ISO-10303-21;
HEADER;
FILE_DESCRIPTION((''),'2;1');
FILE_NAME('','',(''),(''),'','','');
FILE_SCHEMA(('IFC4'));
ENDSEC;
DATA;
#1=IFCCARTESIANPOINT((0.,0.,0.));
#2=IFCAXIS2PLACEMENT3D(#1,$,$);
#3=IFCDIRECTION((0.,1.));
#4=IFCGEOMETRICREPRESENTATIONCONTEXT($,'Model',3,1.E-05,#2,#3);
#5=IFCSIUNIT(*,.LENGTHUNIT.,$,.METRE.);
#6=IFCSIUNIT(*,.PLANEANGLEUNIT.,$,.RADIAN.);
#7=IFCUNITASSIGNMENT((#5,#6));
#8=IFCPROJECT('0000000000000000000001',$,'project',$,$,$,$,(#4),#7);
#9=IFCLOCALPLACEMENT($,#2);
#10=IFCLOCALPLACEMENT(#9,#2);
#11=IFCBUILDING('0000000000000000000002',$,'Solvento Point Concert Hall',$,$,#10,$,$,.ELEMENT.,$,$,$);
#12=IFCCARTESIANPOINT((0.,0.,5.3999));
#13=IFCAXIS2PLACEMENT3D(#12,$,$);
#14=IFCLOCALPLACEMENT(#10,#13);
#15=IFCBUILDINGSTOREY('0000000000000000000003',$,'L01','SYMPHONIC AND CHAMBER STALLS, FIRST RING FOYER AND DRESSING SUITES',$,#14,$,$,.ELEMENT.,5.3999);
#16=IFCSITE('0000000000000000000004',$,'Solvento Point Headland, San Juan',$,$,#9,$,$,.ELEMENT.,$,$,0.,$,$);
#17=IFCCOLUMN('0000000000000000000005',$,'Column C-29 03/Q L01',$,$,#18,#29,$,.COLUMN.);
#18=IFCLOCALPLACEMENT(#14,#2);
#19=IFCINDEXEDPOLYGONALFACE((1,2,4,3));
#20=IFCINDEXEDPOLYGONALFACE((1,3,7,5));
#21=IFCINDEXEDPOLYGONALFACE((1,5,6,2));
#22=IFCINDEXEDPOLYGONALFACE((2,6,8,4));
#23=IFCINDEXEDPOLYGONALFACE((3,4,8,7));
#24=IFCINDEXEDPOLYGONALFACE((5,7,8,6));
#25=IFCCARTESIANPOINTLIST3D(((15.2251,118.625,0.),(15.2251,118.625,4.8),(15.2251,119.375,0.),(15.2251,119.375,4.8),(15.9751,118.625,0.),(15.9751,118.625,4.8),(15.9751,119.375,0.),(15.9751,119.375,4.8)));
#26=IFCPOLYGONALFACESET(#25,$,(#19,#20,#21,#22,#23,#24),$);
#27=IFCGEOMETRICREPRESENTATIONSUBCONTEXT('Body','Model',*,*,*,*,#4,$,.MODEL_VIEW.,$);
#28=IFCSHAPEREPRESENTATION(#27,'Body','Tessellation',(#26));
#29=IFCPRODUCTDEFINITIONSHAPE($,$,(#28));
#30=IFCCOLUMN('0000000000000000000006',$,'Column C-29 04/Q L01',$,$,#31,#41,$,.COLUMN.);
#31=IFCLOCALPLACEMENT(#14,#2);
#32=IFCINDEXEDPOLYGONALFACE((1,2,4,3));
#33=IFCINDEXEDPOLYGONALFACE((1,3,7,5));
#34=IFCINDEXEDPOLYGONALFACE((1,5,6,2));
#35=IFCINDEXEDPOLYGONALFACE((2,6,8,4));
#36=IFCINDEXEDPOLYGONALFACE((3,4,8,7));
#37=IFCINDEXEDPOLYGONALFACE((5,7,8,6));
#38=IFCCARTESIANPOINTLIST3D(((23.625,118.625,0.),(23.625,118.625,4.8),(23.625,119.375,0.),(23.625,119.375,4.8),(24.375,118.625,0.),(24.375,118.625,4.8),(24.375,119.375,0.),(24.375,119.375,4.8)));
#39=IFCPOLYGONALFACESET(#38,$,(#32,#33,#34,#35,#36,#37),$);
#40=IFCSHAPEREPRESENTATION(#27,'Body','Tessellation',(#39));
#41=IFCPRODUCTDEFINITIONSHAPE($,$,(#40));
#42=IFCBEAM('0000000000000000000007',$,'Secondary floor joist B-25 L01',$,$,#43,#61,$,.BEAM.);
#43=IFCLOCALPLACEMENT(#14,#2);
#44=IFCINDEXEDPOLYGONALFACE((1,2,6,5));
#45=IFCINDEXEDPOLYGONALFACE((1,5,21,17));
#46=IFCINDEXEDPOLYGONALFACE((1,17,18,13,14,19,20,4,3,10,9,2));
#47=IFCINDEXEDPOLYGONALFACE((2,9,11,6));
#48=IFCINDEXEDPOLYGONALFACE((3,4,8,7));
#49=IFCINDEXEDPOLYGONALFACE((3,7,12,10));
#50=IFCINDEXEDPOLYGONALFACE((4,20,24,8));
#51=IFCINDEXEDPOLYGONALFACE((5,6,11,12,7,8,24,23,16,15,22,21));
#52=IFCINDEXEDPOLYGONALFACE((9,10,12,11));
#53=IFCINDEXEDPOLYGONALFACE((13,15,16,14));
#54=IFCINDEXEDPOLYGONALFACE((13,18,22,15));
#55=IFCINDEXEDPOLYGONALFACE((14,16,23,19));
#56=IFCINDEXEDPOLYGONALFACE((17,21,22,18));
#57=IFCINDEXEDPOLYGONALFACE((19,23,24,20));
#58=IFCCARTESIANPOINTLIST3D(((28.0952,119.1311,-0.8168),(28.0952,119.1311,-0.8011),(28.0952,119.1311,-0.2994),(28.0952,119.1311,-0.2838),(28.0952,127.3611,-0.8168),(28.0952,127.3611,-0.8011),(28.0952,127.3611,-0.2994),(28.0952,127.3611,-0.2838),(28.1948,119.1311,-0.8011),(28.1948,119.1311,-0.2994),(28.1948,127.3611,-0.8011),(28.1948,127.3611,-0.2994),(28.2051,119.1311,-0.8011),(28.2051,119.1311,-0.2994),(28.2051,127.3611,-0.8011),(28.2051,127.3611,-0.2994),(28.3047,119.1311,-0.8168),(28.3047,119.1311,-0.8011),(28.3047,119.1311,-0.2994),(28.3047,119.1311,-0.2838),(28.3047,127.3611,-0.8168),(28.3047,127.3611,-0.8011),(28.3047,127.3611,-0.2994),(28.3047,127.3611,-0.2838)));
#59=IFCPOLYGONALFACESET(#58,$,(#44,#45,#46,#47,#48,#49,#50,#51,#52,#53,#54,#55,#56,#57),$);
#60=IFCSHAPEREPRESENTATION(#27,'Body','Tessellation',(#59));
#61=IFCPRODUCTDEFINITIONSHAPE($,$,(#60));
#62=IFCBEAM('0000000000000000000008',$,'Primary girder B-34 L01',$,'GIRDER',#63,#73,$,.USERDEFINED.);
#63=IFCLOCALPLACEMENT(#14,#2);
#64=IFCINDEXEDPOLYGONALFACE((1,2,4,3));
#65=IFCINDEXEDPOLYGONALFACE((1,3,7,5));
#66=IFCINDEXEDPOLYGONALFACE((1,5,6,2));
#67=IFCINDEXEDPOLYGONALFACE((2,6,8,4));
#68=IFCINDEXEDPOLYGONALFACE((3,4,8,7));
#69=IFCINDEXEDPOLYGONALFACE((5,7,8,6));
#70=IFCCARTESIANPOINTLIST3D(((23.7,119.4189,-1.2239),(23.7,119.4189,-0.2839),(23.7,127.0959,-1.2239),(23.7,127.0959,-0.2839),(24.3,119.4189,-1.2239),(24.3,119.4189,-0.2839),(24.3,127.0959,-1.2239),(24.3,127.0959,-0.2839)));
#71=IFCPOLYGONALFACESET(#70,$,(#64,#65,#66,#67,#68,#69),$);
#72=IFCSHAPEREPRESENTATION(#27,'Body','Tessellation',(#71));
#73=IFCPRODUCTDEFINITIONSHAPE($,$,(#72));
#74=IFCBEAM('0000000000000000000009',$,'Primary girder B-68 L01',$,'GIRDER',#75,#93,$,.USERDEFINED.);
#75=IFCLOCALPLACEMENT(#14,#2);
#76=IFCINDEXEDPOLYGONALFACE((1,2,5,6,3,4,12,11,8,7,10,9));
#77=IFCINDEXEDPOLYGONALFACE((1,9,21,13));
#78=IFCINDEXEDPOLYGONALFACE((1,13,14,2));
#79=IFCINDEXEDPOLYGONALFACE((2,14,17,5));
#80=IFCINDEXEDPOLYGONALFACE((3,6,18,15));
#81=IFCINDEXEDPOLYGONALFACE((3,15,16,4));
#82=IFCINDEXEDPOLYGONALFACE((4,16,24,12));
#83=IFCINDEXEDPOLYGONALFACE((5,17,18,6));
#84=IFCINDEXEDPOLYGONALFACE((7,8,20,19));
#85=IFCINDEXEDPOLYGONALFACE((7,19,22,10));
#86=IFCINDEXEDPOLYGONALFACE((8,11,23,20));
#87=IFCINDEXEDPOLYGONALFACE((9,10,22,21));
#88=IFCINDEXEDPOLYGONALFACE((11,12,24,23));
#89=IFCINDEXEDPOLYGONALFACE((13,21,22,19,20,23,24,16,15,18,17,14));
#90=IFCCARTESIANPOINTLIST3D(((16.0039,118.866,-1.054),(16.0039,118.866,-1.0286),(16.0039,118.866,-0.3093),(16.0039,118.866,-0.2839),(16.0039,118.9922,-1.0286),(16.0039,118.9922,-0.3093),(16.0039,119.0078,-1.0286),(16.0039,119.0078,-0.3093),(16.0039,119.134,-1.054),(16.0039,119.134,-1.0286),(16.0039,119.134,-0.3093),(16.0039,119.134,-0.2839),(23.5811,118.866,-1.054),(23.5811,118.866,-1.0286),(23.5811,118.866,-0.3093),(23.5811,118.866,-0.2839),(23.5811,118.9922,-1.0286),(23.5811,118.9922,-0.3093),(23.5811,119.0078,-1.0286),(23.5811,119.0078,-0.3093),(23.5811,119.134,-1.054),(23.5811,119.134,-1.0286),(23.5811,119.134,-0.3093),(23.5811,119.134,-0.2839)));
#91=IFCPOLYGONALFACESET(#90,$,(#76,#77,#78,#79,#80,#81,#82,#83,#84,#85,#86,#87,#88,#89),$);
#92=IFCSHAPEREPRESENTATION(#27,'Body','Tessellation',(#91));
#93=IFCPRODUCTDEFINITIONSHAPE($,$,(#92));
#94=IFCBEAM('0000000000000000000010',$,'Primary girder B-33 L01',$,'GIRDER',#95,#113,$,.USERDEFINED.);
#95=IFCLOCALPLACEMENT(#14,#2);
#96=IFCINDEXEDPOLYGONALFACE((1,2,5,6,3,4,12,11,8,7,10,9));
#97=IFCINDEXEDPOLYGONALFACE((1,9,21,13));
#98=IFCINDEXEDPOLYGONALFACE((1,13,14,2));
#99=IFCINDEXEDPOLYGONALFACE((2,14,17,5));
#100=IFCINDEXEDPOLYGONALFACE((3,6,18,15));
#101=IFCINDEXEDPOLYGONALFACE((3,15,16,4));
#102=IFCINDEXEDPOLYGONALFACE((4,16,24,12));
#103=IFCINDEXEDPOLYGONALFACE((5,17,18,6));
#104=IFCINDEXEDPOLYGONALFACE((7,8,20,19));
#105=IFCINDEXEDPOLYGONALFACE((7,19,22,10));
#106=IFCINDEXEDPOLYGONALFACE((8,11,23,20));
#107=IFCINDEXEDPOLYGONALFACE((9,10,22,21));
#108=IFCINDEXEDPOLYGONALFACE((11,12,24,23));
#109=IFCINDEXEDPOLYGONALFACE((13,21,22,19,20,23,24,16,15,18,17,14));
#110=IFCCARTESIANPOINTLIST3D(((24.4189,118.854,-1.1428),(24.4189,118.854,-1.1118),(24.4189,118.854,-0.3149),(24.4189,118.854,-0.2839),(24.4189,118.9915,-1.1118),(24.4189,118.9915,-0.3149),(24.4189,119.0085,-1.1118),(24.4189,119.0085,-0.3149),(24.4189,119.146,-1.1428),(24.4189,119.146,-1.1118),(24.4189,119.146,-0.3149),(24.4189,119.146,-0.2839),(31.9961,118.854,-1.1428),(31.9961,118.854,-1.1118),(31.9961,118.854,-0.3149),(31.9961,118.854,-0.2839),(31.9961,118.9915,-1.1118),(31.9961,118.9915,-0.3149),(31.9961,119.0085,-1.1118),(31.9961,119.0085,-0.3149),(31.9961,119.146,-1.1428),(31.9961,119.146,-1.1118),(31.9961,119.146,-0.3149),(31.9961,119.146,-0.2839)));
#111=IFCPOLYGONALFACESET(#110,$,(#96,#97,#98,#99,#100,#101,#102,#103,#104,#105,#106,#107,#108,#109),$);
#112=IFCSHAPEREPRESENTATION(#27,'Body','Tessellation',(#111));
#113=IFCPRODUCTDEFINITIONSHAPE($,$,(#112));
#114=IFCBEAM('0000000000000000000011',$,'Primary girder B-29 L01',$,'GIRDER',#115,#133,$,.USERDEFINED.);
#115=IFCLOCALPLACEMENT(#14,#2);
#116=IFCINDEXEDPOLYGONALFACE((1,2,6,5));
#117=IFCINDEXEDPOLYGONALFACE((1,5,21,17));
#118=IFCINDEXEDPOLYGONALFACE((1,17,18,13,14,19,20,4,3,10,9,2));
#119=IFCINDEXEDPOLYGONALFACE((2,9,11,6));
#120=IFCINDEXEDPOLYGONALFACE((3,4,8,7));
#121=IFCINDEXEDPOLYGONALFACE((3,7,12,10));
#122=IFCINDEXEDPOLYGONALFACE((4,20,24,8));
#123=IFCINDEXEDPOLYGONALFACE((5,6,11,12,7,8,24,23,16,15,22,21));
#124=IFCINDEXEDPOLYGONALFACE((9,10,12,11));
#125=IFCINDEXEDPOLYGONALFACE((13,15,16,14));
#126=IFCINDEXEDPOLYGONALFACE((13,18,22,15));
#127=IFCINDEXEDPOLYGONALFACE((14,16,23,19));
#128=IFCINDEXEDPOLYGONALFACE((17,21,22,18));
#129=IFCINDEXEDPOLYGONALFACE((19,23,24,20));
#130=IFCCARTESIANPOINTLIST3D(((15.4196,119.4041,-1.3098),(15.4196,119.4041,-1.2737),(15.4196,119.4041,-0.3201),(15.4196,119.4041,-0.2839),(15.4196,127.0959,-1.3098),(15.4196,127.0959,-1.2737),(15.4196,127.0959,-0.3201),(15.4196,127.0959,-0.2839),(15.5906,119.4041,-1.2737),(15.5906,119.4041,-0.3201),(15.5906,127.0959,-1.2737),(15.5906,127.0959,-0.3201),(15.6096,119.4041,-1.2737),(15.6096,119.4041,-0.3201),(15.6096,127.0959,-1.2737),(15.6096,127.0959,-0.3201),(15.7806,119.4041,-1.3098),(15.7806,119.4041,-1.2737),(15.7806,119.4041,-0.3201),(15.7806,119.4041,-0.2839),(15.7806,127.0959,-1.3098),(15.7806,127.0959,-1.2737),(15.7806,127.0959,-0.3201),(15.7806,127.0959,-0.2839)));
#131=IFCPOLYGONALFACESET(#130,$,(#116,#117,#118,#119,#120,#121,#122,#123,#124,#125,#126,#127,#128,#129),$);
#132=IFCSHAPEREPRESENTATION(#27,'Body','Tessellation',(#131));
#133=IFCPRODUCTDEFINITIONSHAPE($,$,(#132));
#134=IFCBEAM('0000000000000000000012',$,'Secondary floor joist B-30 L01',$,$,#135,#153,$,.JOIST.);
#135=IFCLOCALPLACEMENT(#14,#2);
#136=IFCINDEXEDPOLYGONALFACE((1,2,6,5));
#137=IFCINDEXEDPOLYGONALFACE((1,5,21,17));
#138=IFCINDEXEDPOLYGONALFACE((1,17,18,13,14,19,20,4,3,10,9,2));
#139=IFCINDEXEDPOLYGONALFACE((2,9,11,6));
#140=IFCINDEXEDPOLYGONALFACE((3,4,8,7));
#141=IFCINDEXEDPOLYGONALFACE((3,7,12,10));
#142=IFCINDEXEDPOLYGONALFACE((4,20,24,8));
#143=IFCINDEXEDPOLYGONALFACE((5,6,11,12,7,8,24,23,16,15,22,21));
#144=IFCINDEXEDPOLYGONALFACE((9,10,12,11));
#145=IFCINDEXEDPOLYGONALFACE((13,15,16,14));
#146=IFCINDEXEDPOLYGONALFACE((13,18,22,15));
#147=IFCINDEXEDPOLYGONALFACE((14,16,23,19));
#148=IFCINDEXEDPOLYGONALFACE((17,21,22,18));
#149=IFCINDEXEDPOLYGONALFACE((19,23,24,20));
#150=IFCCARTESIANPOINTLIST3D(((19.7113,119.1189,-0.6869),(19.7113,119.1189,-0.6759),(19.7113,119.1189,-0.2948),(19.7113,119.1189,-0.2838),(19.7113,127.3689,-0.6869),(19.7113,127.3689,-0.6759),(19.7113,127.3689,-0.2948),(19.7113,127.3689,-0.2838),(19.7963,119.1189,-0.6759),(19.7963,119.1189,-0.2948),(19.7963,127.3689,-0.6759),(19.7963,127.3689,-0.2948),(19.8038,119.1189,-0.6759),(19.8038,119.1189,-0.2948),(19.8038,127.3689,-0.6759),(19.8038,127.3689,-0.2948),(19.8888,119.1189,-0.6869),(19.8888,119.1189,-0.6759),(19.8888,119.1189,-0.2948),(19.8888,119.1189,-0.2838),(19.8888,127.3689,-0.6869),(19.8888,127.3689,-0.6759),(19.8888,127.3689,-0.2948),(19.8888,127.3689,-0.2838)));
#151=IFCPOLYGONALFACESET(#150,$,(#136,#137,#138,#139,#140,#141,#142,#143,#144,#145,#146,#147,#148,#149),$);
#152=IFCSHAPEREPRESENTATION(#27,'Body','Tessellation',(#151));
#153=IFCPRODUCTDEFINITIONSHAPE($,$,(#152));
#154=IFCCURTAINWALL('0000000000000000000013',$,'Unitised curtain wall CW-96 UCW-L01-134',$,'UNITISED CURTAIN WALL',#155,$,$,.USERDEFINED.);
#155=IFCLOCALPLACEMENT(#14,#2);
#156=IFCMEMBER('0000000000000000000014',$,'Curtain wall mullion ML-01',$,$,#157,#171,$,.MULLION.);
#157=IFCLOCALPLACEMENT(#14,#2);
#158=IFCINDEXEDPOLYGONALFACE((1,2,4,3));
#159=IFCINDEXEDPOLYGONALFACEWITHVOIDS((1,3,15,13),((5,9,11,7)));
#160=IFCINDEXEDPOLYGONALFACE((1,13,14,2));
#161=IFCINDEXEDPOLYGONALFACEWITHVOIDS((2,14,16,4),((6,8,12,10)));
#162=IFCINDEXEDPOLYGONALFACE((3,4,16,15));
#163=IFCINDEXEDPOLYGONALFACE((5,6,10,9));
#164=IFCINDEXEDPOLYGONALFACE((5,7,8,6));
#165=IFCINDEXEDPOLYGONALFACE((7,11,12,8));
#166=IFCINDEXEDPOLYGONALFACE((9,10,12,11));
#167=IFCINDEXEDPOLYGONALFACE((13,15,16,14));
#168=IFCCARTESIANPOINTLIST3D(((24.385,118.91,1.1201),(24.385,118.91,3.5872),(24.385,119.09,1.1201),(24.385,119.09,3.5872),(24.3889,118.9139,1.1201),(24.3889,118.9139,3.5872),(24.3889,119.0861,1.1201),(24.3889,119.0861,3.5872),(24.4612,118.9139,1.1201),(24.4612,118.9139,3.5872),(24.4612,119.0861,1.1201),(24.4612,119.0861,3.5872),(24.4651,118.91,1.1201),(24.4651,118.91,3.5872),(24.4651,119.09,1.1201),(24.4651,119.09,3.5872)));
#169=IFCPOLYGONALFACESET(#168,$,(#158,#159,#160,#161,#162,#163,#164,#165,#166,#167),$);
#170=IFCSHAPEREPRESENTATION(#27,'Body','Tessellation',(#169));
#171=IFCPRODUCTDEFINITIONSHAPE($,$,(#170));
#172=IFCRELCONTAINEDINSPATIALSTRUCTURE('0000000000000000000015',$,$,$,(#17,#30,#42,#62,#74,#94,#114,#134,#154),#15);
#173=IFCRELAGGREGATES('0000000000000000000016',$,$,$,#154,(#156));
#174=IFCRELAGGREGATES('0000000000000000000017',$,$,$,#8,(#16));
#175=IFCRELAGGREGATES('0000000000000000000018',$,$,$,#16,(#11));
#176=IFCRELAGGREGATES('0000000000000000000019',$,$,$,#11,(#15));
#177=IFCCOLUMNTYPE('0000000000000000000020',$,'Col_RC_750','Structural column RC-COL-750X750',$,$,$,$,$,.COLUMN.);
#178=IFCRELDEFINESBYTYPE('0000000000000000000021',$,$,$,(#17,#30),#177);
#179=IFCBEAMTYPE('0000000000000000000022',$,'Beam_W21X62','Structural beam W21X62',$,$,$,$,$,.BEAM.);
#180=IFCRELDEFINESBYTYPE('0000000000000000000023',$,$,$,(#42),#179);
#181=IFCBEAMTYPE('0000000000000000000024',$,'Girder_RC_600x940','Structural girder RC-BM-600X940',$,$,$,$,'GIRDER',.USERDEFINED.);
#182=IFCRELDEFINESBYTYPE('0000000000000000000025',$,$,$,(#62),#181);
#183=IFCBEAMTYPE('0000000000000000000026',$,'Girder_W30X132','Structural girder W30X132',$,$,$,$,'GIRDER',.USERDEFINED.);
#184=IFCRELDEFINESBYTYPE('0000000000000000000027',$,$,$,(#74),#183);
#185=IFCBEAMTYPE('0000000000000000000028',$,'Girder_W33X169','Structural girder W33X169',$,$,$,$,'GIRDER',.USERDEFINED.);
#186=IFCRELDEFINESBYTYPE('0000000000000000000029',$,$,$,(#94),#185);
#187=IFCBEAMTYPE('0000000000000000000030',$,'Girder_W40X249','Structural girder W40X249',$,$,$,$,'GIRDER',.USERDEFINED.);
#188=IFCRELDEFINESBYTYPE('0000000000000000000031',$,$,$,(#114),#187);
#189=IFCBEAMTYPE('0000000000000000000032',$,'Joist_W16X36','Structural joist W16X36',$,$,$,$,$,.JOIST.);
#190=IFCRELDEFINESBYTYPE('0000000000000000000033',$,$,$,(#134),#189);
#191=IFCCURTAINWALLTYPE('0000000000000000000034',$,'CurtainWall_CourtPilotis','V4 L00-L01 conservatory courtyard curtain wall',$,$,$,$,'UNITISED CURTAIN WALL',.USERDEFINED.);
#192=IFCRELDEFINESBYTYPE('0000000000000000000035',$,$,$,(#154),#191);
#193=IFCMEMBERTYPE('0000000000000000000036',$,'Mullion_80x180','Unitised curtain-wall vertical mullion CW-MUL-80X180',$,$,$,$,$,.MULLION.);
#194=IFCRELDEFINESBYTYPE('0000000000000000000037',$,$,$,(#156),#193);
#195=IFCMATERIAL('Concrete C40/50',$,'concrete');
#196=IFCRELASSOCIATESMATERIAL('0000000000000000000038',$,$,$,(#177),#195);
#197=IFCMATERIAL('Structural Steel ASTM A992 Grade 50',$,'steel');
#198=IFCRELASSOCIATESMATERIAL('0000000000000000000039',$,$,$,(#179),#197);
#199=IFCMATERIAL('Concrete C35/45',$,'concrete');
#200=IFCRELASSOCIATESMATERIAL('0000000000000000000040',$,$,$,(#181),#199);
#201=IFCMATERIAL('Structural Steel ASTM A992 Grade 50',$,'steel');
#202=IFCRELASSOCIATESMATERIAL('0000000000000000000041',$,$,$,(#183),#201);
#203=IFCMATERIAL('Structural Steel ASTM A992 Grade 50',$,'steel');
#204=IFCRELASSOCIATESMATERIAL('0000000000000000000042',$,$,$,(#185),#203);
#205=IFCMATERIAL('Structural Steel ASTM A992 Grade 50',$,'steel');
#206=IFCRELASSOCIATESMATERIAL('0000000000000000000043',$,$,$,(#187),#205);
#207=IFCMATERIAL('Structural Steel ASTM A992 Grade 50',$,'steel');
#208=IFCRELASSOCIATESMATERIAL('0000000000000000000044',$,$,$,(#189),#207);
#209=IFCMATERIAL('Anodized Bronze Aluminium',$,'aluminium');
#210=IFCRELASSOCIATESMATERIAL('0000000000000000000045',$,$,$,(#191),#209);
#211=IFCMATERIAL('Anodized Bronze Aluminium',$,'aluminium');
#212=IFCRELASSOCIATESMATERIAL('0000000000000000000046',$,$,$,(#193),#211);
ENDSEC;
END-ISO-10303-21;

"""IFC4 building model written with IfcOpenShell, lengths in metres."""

from ifc_helpers import new_model, si_unit, direction, frame, origin, origin_2d, place, context, subcontext, project, spatial, rectangle, hollow_rectangle, i_section, extrude, material, material_profile, profile_set, type_object, element, aggregate, save


model = new_model("IFC4")

# Units and contexts
model_context = context("Model", 3, precision=1e-05, world=origin(), true_north=direction((0.0, 1.0)))
body_context = subcontext(model_context, "Body", "Model", "MODEL_VIEW")
ifc_project = project(units=[si_unit("LENGTHUNIT", "METRE"), si_unit("PLANEANGLEUNIT", "RADIAN")], contexts=[model_context])

# Site, building, storey
site_placement = place(None, origin())
site = spatial("IfcSite", under=ifc_project, at=site_placement, Name="Solvento Point Headland, San Juan", CompositionType="ELEMENT", RefElevation=0.0)
building_placement = place(site_placement, origin())
building = spatial("IfcBuilding", under=site, at=building_placement, Name="Solvento Point Concert Hall", CompositionType="ELEMENT")
storey_placement = place(building_placement, frame((0.0, 0.0, 5.3999)))
storey = spatial("IfcBuildingStorey", under=building, at=storey_placement, Name="L01", Description="SYMPHONIC AND CHAMBER STALLS, FIRST RING FOYER AND DRESSING SUITES", CompositionType="ELEMENT", Elevation=5.3999)

# Columns
ifc_material_1 = material(Name="Concrete C40/50", Category="concrete")
ifc_material_profile_1 = material_profile(ifc_material_1, rectangle(XDim=0.75, YDim=0.75, at=origin_2d()), Name="RC-COL-750X750")
ifc_profile_set_1 = profile_set([ifc_material_profile_1], Name="Concrete C40/50")
column_type = type_object("IfcColumnType", Name="Col_RC_750", Description="Structural column RC-COL-750X750", PredefinedType="COLUMN", material=ifc_profile_set_1)
for number, where, z_axis, x_axis, name in (
    (1, (15.6001, 119.0, 0.0), (0.0, 0.0, 1.0), (1.0, 0.0, 0.0), "Column C-29 03/Q L01"),
    (2, (24.0, 119.0, 0.0), (0.0, 0.0, 1.0), (1.0, 0.0, 0.0), "Column C-29 04/Q L01"),
):
    element("IfcColumn", number, at=place(storey_placement, frame(where, z_axis=z_axis, x_axis=x_axis)), inside=storey, type_object=column_type, Name=name, PredefinedType="COLUMN", context=body_context, shape_type="SweptSolid", body=[
        extrude(rectangle(XDim=0.75, YDim=0.75, at=origin_2d()), origin(), (0.0, 0.0, 1.0), 4.8),
    ])

# Beams
ifc_material_2 = material(Name="Structural Steel ASTM A992 Grade 50", Category="steel")
ifc_material_profile_2 = material_profile(ifc_material_2, i_section(OverallWidth=0.2095, OverallDepth=0.533, WebThickness=0.0103, FlangeThickness=0.0156, at=origin_2d()), Name="W21X62")
ifc_profile_set_2 = profile_set([ifc_material_profile_2], Name="Structural Steel ASTM A992 Grade 50")
beam_type_1 = type_object("IfcBeamType", Name="Beam_W21X62", Description="Structural beam W21X62", PredefinedType="BEAM", material=ifc_profile_set_2)
beam_1_placement = place(storey_placement, frame((28.2, 119.1311, -0.5503), z_axis=(0.0, 1.0, 0.0), x_axis=(-1.0, 0.0, 0.0)))
element("IfcBeam", 3, at=beam_1_placement, inside=storey, type_object=beam_type_1, Name="Secondary floor joist B-25 L01", PredefinedType="BEAM", context=body_context, shape_type="SweptSolid", body=[
    extrude(i_section(OverallWidth=0.2095, OverallDepth=0.533, WebThickness=0.0103, FlangeThickness=0.0156, at=origin_2d()), origin(), (0.0, 0.0, 1.0), 8.23),
])
ifc_material_3 = material(Name="Concrete C35/45", Category="concrete")
ifc_material_profile_3 = material_profile(ifc_material_3, rectangle(XDim=0.6001, YDim=0.9399, at=origin_2d()), Name="RC-BM-600X940")
ifc_profile_set_3 = profile_set([ifc_material_profile_3], Name="Concrete C35/45")
beam_type_2 = type_object("IfcBeamType", Name="Girder_RC_600x940", Description="Structural girder RC-BM-600X940", ElementType="GIRDER", PredefinedType="USERDEFINED", material=ifc_profile_set_3)
beam_2_placement = place(storey_placement, frame((24.0, 119.4189, -0.7539), z_axis=(0.0, 1.0, 0.0), x_axis=(-1.0, 0.0, 0.0)))
element("IfcBeam", 4, at=beam_2_placement, inside=storey, type_object=beam_type_2, Name="Primary girder B-34 L01", ObjectType="GIRDER", PredefinedType="USERDEFINED", context=body_context, shape_type="SweptSolid", body=[
    extrude(rectangle(XDim=0.6001, YDim=0.9399, at=origin_2d()), origin(), (0.0, 0.0, 1.0), 7.677),
])
ifc_material_4 = material(Name="Structural Steel ASTM A992 Grade 50", Category="steel")
ifc_material_profile_4 = material_profile(ifc_material_4, i_section(OverallWidth=0.2681, OverallDepth=0.77, WebThickness=0.0156, FlangeThickness=0.0254, at=origin_2d()), Name="W30X132")
ifc_profile_set_4 = profile_set([ifc_material_profile_4], Name="Structural Steel ASTM A992 Grade 50")
beam_type_3 = type_object("IfcBeamType", Name="Girder_W30X132", Description="Structural girder W30X132", ElementType="GIRDER", PredefinedType="USERDEFINED", material=ifc_profile_set_4)
beam_3_placement = place(storey_placement, frame((16.0039, 119.0, -0.6689), z_axis=(1.0, 0.0, 0.0), x_axis=(0.0, 1.0, 0.0)))
element("IfcBeam", 5, at=beam_3_placement, inside=storey, type_object=beam_type_3, Name="Primary girder B-68 L01", ObjectType="GIRDER", PredefinedType="USERDEFINED", context=body_context, shape_type="SweptSolid", body=[
    extrude(i_section(OverallWidth=0.2681, OverallDepth=0.77, WebThickness=0.0156, FlangeThickness=0.0254, at=origin_2d()), origin(), (0.0, 0.0, 1.0), 7.5771),
])
ifc_material_5 = material(Name="Structural Steel ASTM A992 Grade 50", Category="steel")
ifc_material_profile_5 = material_profile(ifc_material_5, i_section(OverallWidth=0.292, OverallDepth=0.8589, WebThickness=0.0171, FlangeThickness=0.031, at=origin_2d()), Name="W33X169")
ifc_profile_set_5 = profile_set([ifc_material_profile_5], Name="Structural Steel ASTM A992 Grade 50")
beam_type_4 = type_object("IfcBeamType", Name="Girder_W33X169", Description="Structural girder W33X169", ElementType="GIRDER", PredefinedType="USERDEFINED", material=ifc_profile_set_5)
beam_4_placement = place(storey_placement, frame((24.4189, 119.0, -0.7134), z_axis=(1.0, 0.0, 0.0), x_axis=(0.0, 1.0, 0.0)))
element("IfcBeam", 6, at=beam_4_placement, inside=storey, type_object=beam_type_4, Name="Primary girder B-33 L01", ObjectType="GIRDER", PredefinedType="USERDEFINED", context=body_context, shape_type="SweptSolid", body=[
    extrude(i_section(OverallWidth=0.292, OverallDepth=0.8589, WebThickness=0.0171, FlangeThickness=0.031, at=origin_2d()), origin(), (0.0, 0.0, 1.0), 7.5771),
])
ifc_material_6 = material(Name="Structural Steel ASTM A992 Grade 50", Category="steel")
ifc_material_profile_6 = material_profile(ifc_material_6, i_section(OverallWidth=0.3611, OverallDepth=1.0259, WebThickness=0.019, FlangeThickness=0.0361, at=origin_2d()), Name="W40X249")
ifc_profile_set_6 = profile_set([ifc_material_profile_6], Name="Structural Steel ASTM A992 Grade 50")
beam_type_5 = type_object("IfcBeamType", Name="Girder_W40X249", Description="Structural girder W40X249", ElementType="GIRDER", PredefinedType="USERDEFINED", material=ifc_profile_set_6)
beam_5_placement = place(storey_placement, frame((15.6001, 119.4041, -0.7969), z_axis=(0.0, 1.0, 0.0), x_axis=(-1.0, 0.0, 0.0)))
element("IfcBeam", 7, at=beam_5_placement, inside=storey, type_object=beam_type_5, Name="Primary girder B-29 L01", ObjectType="GIRDER", PredefinedType="USERDEFINED", context=body_context, shape_type="SweptSolid", body=[
    extrude(i_section(OverallWidth=0.3611, OverallDepth=1.0259, WebThickness=0.019, FlangeThickness=0.0361, at=origin_2d()), origin(), (0.0, 0.0, 1.0), 7.6919),
])
ifc_material_7 = material(Name="Structural Steel ASTM A992 Grade 50", Category="steel")
ifc_material_profile_7 = material_profile(ifc_material_7, i_section(OverallWidth=0.1775, OverallDepth=0.4031, WebThickness=0.0076, FlangeThickness=0.011, at=origin_2d()), Name="W16X36")
ifc_profile_set_7 = profile_set([ifc_material_profile_7], Name="Structural Steel ASTM A992 Grade 50")
beam_type_6 = type_object("IfcBeamType", Name="Joist_W16X36", Description="Structural joist W16X36", PredefinedType="JOIST", material=ifc_profile_set_7)
beam_6_placement = place(storey_placement, frame((19.8, 119.1189, -0.4854), z_axis=(0.0, 1.0, 0.0), x_axis=(-1.0, 0.0, 0.0)))
element("IfcBeam", 8, at=beam_6_placement, inside=storey, type_object=beam_type_6, Name="Secondary floor joist B-30 L01", PredefinedType="JOIST", context=body_context, shape_type="SweptSolid", body=[
    extrude(i_section(OverallWidth=0.1775, OverallDepth=0.4031, WebThickness=0.0076, FlangeThickness=0.011, at=origin_2d()), origin(), (0.0, 0.0, 1.0), 8.25),
])

# Curtain wall, member
ifc_material_8 = material(Name="Anodized Bronze Aluminium", Category="aluminium")
curtain_wall_type = type_object("IfcCurtainWallType", Name="CurtainWall_CourtPilotis", Description="V4 L00-L01 conservatory courtyard curtain wall", ElementType="UNITISED CURTAIN WALL", PredefinedType="USERDEFINED", material=ifc_material_8)
curtain_wall_1_placement = place(storey_placement, origin())
curtain_wall_1 = element("IfcCurtainWall", 9, at=curtain_wall_1_placement, inside=storey, type_object=curtain_wall_type, Name="Unitised curtain wall CW-96 UCW-L01-134", ObjectType="UNITISED CURTAIN WALL", PredefinedType="USERDEFINED")
ifc_material_9 = material(Name="Anodized Bronze Aluminium", Category="aluminium")
ifc_material_profile_8 = material_profile(ifc_material_9, hollow_rectangle(XDim=0.0801, YDim=0.1799, WallThickness=0.0039, at=origin_2d()), Name="CW-MUL-80X180")
ifc_profile_set_8 = profile_set([ifc_material_profile_8], Name="Anodized Bronze Aluminium")
member_type_1 = type_object("IfcMemberType", Name="Mullion_80x180", Description="Unitised curtain-wall vertical mullion CW-MUL-80X180", PredefinedType="MULLION", material=ifc_profile_set_8)
member_1_placement = place(storey_placement, frame((24.425, 119.0, 1.1201), z_axis=(0.0, 0.0, 1.0), x_axis=(1.0, 0.0, 0.0)))
member_1 = element("IfcMember", 10, at=member_1_placement, type_object=member_type_1, Name="Curtain wall mullion ML-01", PredefinedType="MULLION", context=body_context, shape_type="SweptSolid", body=[
    extrude(hollow_rectangle(XDim=0.0801, YDim=0.1799, WallThickness=0.0039, at=origin_2d()), origin(), (0.0, 0.0, 1.0), 2.467),
])

aggregate(curtain_wall_1, [member_1])

save(model, "model.ifc")
